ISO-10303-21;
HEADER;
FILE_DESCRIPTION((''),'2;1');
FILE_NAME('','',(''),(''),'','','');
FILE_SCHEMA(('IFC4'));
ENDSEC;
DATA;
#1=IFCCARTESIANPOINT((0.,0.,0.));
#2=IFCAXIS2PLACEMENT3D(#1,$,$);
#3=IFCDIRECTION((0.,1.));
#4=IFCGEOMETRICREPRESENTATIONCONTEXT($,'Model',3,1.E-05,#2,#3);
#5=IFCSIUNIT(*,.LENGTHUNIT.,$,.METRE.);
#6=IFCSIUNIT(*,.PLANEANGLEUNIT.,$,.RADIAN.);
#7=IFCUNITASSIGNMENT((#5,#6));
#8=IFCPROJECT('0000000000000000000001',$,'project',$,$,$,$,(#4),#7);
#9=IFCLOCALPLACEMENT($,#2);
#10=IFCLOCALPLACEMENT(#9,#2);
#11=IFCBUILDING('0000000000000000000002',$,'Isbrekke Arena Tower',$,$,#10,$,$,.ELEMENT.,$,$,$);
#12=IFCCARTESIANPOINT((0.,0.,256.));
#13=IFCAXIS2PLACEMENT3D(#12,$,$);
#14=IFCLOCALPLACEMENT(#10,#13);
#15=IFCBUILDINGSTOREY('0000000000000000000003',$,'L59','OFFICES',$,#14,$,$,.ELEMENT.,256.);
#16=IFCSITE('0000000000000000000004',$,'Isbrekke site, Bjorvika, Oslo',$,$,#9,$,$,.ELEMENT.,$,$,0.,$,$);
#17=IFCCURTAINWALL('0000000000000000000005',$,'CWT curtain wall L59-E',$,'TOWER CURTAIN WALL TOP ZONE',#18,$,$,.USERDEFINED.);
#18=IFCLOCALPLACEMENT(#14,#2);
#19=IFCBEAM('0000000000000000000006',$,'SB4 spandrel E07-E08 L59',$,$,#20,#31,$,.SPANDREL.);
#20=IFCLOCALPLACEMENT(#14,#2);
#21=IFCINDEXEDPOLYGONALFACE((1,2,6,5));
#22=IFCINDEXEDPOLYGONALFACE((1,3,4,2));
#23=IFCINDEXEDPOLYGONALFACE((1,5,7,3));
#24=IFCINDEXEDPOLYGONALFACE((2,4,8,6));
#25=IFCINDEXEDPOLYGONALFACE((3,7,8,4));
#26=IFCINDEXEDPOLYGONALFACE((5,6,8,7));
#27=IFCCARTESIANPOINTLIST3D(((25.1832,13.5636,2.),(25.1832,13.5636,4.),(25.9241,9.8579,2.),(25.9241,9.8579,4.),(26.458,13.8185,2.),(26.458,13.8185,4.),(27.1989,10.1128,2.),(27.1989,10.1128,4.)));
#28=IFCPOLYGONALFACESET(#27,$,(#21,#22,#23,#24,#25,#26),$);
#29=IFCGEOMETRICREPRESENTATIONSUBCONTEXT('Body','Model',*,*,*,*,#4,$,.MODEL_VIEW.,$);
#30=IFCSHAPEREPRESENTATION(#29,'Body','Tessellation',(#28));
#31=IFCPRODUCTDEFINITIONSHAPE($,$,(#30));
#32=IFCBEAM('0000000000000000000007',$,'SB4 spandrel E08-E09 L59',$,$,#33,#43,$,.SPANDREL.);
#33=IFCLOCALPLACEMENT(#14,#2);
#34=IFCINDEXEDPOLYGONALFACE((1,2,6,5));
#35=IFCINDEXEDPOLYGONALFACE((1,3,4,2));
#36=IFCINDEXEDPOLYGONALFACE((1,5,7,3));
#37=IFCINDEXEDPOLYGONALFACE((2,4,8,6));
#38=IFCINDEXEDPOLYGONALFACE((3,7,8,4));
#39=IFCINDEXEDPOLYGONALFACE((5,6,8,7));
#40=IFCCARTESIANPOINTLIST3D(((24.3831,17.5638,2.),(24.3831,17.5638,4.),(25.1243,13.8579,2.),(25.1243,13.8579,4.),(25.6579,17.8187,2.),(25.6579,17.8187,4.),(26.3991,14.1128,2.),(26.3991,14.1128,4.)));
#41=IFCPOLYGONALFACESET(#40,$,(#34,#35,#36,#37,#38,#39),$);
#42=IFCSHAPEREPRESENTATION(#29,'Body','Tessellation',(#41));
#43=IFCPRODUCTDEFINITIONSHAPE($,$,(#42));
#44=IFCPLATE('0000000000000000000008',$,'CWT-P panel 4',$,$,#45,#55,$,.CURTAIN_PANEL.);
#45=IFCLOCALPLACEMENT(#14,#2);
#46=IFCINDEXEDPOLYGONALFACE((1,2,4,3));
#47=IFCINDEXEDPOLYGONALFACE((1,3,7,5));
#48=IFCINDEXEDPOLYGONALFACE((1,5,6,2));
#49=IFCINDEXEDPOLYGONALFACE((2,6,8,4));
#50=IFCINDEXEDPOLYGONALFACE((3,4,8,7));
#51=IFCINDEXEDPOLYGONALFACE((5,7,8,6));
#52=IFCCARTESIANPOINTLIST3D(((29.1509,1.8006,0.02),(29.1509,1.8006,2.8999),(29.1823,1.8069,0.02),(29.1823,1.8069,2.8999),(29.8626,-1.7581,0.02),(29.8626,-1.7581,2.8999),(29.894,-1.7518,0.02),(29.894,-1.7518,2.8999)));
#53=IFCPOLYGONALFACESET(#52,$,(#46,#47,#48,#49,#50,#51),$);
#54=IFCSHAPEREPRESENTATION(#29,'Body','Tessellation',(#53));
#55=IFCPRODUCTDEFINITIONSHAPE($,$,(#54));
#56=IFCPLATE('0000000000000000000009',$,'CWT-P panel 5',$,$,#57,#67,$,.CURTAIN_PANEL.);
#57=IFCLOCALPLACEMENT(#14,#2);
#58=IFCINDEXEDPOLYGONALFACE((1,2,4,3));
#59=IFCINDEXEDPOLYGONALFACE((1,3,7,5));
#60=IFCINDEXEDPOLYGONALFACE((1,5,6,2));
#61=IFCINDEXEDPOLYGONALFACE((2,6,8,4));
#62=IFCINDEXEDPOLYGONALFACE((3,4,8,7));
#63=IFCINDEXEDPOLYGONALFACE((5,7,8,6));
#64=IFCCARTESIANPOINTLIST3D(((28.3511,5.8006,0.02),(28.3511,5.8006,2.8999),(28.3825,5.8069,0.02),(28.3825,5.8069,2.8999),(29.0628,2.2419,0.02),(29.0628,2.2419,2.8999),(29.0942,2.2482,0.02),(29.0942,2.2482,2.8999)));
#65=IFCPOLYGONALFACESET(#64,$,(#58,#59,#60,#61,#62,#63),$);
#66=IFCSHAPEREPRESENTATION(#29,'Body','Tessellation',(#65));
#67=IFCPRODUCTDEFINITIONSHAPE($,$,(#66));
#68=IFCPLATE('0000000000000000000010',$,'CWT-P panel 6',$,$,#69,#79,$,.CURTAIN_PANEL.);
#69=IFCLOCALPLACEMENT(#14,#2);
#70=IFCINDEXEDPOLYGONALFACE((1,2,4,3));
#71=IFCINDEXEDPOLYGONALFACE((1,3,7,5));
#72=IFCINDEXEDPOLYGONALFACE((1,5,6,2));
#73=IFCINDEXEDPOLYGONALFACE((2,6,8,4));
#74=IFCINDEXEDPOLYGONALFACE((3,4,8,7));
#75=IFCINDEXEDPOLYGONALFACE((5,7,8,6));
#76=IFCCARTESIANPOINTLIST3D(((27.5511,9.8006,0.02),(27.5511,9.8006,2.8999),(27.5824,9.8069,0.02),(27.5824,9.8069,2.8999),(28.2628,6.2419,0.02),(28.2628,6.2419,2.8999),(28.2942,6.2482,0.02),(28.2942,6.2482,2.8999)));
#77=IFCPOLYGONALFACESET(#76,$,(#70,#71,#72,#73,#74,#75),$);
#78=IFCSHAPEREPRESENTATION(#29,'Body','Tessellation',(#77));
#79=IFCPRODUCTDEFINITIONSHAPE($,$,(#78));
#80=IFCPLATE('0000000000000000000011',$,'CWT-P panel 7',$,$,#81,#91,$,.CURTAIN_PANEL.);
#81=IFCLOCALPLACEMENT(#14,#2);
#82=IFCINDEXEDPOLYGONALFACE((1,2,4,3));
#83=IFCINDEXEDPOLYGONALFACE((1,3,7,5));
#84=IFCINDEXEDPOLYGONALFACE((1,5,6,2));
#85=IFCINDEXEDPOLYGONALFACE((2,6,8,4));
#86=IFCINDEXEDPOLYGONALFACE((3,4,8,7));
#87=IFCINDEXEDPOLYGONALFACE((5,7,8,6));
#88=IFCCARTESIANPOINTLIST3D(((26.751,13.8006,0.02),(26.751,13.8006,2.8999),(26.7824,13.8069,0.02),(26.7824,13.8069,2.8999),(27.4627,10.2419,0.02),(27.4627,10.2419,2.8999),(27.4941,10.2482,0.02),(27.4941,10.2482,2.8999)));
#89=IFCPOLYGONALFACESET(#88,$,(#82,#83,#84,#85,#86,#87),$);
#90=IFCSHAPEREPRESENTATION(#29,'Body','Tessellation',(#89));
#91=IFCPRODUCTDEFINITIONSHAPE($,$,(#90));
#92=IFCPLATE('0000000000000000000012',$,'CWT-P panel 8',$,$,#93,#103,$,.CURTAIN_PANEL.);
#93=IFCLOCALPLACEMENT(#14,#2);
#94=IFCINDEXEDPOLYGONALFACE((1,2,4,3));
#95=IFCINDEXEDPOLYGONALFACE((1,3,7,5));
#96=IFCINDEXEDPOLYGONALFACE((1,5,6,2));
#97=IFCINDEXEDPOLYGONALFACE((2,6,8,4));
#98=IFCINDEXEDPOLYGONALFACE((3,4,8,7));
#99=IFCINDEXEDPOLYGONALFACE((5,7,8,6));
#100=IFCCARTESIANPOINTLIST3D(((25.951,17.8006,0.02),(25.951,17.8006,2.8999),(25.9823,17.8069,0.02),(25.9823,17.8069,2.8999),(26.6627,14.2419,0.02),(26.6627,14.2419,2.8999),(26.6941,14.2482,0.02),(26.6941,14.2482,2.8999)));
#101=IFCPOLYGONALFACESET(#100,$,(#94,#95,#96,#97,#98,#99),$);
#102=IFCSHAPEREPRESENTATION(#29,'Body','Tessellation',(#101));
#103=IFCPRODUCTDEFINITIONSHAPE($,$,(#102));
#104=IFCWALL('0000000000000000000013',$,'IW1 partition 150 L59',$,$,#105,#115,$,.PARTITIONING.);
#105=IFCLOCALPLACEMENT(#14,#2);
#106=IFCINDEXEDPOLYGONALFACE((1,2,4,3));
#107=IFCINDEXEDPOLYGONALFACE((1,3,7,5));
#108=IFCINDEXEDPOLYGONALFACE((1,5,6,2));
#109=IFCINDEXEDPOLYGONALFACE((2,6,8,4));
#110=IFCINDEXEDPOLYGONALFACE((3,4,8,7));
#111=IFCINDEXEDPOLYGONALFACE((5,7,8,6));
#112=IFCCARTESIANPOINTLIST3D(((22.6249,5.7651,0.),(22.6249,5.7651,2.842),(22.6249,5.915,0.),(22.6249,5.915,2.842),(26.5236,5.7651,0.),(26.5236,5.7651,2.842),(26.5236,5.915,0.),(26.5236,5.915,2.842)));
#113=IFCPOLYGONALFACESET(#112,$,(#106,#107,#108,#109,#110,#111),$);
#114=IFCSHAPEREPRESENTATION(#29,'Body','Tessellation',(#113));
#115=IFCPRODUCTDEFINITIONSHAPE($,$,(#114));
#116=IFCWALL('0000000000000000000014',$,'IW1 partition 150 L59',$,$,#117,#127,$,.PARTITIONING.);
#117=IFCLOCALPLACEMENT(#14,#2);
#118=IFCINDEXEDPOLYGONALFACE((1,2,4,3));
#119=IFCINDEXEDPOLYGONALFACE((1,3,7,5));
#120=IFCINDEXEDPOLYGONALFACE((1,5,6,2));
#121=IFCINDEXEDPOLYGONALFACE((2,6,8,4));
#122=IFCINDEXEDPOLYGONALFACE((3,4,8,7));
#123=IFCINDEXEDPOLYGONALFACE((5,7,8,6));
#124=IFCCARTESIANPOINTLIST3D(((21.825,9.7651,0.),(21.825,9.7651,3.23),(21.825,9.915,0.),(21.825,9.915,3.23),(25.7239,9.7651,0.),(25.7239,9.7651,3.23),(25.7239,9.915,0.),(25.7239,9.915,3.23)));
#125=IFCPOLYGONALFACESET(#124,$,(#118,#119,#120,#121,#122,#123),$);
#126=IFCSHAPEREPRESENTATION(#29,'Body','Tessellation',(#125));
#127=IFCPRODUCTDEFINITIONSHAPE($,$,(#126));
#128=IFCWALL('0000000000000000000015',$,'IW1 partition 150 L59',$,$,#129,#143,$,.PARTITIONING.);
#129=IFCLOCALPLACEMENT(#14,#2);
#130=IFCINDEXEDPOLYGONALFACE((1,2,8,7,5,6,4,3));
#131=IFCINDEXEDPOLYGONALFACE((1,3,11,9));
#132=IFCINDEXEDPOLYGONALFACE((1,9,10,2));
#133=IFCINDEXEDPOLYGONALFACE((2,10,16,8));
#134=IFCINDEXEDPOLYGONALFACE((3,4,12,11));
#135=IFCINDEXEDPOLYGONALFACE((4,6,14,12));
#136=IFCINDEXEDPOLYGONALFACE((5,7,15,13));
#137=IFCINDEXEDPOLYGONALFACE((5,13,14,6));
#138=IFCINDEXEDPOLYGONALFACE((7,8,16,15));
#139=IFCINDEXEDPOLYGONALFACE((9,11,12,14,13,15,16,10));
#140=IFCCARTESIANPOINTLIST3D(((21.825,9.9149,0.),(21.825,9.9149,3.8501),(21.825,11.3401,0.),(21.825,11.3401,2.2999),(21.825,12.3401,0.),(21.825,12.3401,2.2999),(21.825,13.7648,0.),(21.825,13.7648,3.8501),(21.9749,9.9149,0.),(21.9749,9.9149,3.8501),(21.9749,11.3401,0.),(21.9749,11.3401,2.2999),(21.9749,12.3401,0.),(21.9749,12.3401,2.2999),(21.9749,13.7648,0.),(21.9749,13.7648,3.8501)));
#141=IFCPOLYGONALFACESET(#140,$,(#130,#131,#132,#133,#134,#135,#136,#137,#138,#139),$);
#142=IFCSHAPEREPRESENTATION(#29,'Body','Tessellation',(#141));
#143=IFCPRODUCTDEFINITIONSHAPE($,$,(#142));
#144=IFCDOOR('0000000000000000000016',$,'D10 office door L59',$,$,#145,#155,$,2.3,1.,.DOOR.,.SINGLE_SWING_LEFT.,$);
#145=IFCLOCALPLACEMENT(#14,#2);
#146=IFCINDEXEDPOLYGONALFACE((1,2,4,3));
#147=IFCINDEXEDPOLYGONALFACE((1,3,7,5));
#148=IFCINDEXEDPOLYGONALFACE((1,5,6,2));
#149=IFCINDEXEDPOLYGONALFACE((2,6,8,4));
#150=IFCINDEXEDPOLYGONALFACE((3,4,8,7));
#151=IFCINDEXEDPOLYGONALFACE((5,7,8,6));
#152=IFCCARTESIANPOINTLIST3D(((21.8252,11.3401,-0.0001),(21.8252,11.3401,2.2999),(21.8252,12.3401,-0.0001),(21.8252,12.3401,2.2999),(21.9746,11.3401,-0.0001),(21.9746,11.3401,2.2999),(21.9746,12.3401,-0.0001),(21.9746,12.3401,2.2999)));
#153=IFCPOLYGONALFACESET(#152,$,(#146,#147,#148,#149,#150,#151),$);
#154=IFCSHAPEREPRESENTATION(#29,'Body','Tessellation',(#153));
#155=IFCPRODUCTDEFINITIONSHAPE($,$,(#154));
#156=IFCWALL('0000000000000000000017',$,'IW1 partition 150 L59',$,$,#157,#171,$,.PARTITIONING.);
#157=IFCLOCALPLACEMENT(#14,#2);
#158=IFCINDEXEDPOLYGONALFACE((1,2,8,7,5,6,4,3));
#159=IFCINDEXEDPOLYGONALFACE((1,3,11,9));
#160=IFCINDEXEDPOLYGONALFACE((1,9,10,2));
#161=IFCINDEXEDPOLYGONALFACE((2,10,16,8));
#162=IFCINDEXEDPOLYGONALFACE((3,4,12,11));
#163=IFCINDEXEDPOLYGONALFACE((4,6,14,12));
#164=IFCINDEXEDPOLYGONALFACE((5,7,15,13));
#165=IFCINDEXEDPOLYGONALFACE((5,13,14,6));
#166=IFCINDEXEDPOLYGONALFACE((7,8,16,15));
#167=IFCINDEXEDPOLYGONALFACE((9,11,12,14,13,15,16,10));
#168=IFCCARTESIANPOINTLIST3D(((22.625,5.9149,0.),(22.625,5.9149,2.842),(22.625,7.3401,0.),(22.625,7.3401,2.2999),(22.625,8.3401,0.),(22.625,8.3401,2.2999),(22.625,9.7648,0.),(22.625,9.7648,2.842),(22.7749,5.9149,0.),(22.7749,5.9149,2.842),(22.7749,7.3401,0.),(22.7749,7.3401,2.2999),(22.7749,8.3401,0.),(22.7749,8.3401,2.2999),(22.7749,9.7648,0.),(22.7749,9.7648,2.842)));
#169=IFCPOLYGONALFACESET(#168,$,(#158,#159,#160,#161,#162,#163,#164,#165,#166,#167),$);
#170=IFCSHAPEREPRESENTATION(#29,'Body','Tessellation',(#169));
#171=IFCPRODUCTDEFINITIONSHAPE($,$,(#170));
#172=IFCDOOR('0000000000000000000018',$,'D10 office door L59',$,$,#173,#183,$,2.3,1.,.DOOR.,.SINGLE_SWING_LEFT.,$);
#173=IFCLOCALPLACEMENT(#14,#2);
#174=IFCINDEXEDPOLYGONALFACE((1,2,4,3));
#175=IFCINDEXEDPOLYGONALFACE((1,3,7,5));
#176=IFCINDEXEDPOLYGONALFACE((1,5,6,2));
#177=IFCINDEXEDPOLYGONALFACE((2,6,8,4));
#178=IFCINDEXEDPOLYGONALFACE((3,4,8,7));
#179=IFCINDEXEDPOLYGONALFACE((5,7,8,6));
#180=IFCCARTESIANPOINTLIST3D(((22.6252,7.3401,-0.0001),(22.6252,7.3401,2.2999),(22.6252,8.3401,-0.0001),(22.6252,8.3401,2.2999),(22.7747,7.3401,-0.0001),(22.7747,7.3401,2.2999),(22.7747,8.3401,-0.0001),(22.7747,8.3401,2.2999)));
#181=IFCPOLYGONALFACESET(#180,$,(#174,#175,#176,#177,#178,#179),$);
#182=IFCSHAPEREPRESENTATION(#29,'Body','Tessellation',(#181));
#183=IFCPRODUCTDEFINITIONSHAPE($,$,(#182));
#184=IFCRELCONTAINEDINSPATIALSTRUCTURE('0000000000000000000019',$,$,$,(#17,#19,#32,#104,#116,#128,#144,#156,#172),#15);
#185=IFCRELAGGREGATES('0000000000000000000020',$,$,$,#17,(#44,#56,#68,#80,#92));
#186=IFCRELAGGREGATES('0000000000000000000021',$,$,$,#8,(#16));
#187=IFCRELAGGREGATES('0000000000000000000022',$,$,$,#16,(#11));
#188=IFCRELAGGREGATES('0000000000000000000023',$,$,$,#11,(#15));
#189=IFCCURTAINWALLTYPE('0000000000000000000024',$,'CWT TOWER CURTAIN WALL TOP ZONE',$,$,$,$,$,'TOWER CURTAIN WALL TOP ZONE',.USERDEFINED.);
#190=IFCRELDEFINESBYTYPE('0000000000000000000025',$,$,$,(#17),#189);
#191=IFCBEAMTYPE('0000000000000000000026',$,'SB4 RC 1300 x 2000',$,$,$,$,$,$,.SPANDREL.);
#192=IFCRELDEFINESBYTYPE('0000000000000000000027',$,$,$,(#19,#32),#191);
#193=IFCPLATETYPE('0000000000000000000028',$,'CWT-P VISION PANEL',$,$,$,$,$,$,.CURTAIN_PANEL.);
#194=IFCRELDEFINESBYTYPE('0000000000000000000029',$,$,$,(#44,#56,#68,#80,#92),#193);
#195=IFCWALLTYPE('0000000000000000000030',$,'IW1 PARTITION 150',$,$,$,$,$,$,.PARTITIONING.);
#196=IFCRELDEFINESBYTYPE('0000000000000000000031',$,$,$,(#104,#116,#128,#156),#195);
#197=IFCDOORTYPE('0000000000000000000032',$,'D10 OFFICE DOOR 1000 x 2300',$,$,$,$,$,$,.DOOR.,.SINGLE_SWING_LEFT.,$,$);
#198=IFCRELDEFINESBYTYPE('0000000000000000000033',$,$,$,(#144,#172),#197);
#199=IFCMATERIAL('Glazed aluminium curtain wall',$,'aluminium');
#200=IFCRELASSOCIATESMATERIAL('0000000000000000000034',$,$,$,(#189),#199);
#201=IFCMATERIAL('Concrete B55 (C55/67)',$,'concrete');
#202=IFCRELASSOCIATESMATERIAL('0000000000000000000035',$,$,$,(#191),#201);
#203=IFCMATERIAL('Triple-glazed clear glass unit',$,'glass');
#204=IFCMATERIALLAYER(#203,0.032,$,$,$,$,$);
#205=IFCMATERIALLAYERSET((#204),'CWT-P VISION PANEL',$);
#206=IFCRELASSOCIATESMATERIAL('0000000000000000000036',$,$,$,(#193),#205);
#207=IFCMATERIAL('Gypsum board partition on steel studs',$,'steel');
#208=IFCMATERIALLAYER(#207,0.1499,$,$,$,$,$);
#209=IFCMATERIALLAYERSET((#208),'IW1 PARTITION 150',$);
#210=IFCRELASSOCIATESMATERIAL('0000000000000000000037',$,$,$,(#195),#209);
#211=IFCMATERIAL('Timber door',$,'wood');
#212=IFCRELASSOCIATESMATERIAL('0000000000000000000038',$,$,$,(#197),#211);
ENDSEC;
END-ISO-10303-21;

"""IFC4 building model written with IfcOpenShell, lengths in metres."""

from ifc_helpers import new_model, si_unit, direction, frame, frame_2d, origin, origin_2d, place, context, subcontext, project, spatial, rectangle, extrude, material, layer, layer_set, material_profile, profile_set, type_object, element, fill, aggregate, save


model = new_model("IFC4")

# Units and contexts
model_context = context("Model", 3, precision=1e-05, world=origin(), true_north=direction((0.0, 1.0)))
body_context = subcontext(model_context, "Body", "Model", "MODEL_VIEW")
ifc_project = project(units=[si_unit("LENGTHUNIT", "METRE"), si_unit("PLANEANGLEUNIT", "RADIAN")], contexts=[model_context])

# Site, building, storey
site_placement = place(None, origin())
site = spatial("IfcSite", under=ifc_project, at=site_placement, Name="Isbrekke site, Bjorvika, Oslo", CompositionType="ELEMENT", RefElevation=0.0)
building_placement = place(site_placement, origin())
building = spatial("IfcBuilding", under=site, at=building_placement, Name="Isbrekke Arena Tower", CompositionType="ELEMENT")
storey_placement = place(building_placement, frame((0.0, 0.0, 256.0)))
storey = spatial("IfcBuildingStorey", under=building, at=storey_placement, Name="L59", Description="OFFICES", CompositionType="ELEMENT", Elevation=256.0)

# Curtain wall
ifc_material_1 = material(Name="Glazed aluminium curtain wall", Category="aluminium")
curtain_wall_type = type_object("IfcCurtainWallType", Name="CWT TOWER CURTAIN WALL TOP ZONE", ElementType="TOWER CURTAIN WALL TOP ZONE", PredefinedType="USERDEFINED", material=ifc_material_1)
curtain_wall_placement = place(storey_placement, origin())
curtain_wall = element("IfcCurtainWall", 1, at=curtain_wall_placement, inside=storey, type_object=curtain_wall_type, Name="CWT curtain wall L59-E", ObjectType="TOWER CURTAIN WALL TOP ZONE", PredefinedType="USERDEFINED")

# Beams
ifc_material_2 = material(Name="Concrete B55 (C55/67)", Category="concrete")
ifc_material_profile_1 = material_profile(ifc_material_2, rectangle(XDim=1.3, YDim=2.0, at=origin_2d()), Name="RC 1300x2000")
ifc_profile_set_1 = profile_set([ifc_material_profile_1], Name="Concrete B55 (C55/67)")
beam_type_1 = type_object("IfcBeamType", Name="SB4 RC 1300 x 2000", PredefinedType="SPANDREL", material=ifc_profile_set_1)
beam_1_placement = place(storey_placement, frame((26.5615, 9.9854, 3.0), z_axis=(-0.196066, 0.980591, 0.0), x_axis=(-0.980591, -0.196066, 0.0)))
element("IfcBeam", 2, at=beam_1_placement, inside=storey, type_object=beam_type_1, Name="SB4 spandrel E07-E08 L59", PredefinedType="SPANDREL", context=body_context, shape_type="SweptSolid", body=[
    extrude(rectangle(XDim=1.3, YDim=2.0, at=origin_2d()), origin(), (0.0, 0.0, 1.0), 3.7791),
])
beam_2_placement = place(storey_placement, frame((25.7617, 13.9854, 3.0), z_axis=(-0.196129, 0.980578, 0.0), x_axis=(-0.980578, -0.196129, 0.0)))
element("IfcBeam", 3, at=beam_2_placement, inside=storey, type_object=beam_type_1, Name="SB4 spandrel E08-E09 L59", PredefinedType="SPANDREL", context=body_context, shape_type="SweptSolid", body=[
    extrude(rectangle(XDim=1.3, YDim=2.0, at=origin_2d()), origin(), (0.0, 0.0, 1.0), 3.7793),
])

# Plates
ifc_material_3 = material(Name="Triple-glazed clear glass unit", Category="glass")
ifc_layer_1 = layer(ifc_material_3, 0.032)
ifc_layer_set_1 = layer_set([ifc_layer_1], Name="CWT-P VISION PANEL")
plate_type = type_object("IfcPlateType", Name="CWT-P VISION PANEL", PredefinedType="CURTAIN_PANEL", material=ifc_layer_set_1)
plate_1_placement = place(storey_placement, frame((29.5225, 0.0244, 0.02), z_axis=(0.0, 0.0, 1.0), x_axis=(-0.196116, 0.980581, 0.0)))
plate_1 = element("IfcPlate", 4, at=plate_1_placement, type_object=plate_type, Name="CWT-P panel 4", PredefinedType="CURTAIN_PANEL", context=body_context, shape_type="SweptSolid", body=[
    extrude(rectangle(XDim=3.6292, YDim=0.032, at=origin_2d()), origin(), (0.0, 0.0, 1.0), 2.8799),
])
plate_2_placement = place(storey_placement, frame((28.7227, 4.0244, 0.02), z_axis=(0.0, 0.0, 1.0), x_axis=(-0.196116, 0.980581, 0.0)))
plate_2 = element("IfcPlate", 5, at=plate_2_placement, type_object=plate_type, Name="CWT-P panel 5", PredefinedType="CURTAIN_PANEL", context=body_context, shape_type="SweptSolid", body=[
    extrude(rectangle(XDim=3.6292, YDim=0.032, at=origin_2d()), origin(), (0.0, 0.0, 1.0), 2.8799),
])
plate_3_placement = place(storey_placement, frame((27.9226, 8.0244, 0.02), z_axis=(0.0, 0.0, 1.0), x_axis=(-0.196116, 0.980581, 0.0)))
plate_3 = element("IfcPlate", 6, at=plate_3_placement, type_object=plate_type, Name="CWT-P panel 6", PredefinedType="CURTAIN_PANEL", context=body_context, shape_type="SweptSolid", body=[
    extrude(rectangle(XDim=3.6292, YDim=0.032, at=origin_2d()), origin(), (0.0, 0.0, 1.0), 2.8799),
])
plate_4_placement = place(storey_placement, frame((27.1226, 12.0244, 0.02), z_axis=(0.0, 0.0, 1.0), x_axis=(-0.196116, 0.980581, 0.0)))
plate_4 = element("IfcPlate", 7, at=plate_4_placement, type_object=plate_type, Name="CWT-P panel 7", PredefinedType="CURTAIN_PANEL", context=body_context, shape_type="SweptSolid", body=[
    extrude(rectangle(XDim=3.6292, YDim=0.032, at=origin_2d()), origin(), (0.0, 0.0, 1.0), 2.8799),
])
plate_5_placement = place(storey_placement, frame((26.3225, 16.0244, 0.02), z_axis=(0.0, 0.0, 1.0), x_axis=(-0.196116, 0.980581, 0.0)))
plate_5 = element("IfcPlate", 8, at=plate_5_placement, type_object=plate_type, Name="CWT-P panel 8", PredefinedType="CURTAIN_PANEL", context=body_context, shape_type="SweptSolid", body=[
    extrude(rectangle(XDim=3.6292, YDim=0.032, at=origin_2d()), origin(), (0.0, 0.0, 1.0), 2.8799),
])
aggregate(curtain_wall, [plate_1, plate_2, plate_3, plate_4, plate_5])

# Walls
ifc_material_4 = material(Name="Gypsum board partition on steel studs", Category="steel")
ifc_layer_2 = layer(ifc_material_4, 0.1499)
ifc_layer_set_2 = layer_set([ifc_layer_2], Name="IW1 PARTITION 150")
wall_type = type_object("IfcWallType", Name="IW1 PARTITION 150", PredefinedType="PARTITIONING", material=ifc_layer_set_2)
wall_1_placement = place(storey_placement, frame((22.625, 5.8401, 0.0), z_axis=(0.0, 0.0, 1.0), x_axis=(1.0, 0.0, 0.0)))
element("IfcWall", 9, at=wall_1_placement, inside=storey, type_object=wall_type, Name="IW1 partition 150 L59", PredefinedType="PARTITIONING", context=body_context, shape_type="SweptSolid", body=[
    extrude(rectangle(XDim=3.8987, YDim=0.1499, at=frame_2d((1.9492, 0.0))), origin(), (0.0, 0.0, 1.0), 2.842),
])
wall_2_placement = place(storey_placement, frame((21.825, 9.8401, 0.0), z_axis=(0.0, 0.0, 1.0), x_axis=(1.0, 0.0, 0.0)))
element("IfcWall", 10, at=wall_2_placement, inside=storey, type_object=wall_type, Name="IW1 partition 150 L59", PredefinedType="PARTITIONING", context=body_context, shape_type="SweptSolid", body=[
    extrude(rectangle(XDim=3.8989, YDim=0.1499, at=frame_2d((1.9495, 0.0))), origin(), (0.0, 0.0, 1.0), 3.23),
])

# Walls, openings, doors
wall_3_placement = place(storey_placement, frame((21.8999, 9.915, 0.0), z_axis=(0.0, 0.0, 1.0), x_axis=(0.0, 1.0, 0.0)))
wall_3 = element("IfcWall", 11, at=wall_3_placement, inside=storey, type_object=wall_type, Name="IW1 partition 150 L59", PredefinedType="PARTITIONING", context=body_context, shape_type="SweptSolid", body=[
    extrude(rectangle(XDim=3.8499, YDim=0.1499, at=frame_2d((1.9248, 0.0))), origin(), (0.0, 0.0, 1.0), 3.8501),
])
opening_1_placement = place(wall_3_placement, frame((1.425, 0.0, 0.0)))
opening_1 = element("IfcOpeningElement", 12, at=opening_1_placement, cuts=wall_3, PredefinedType="OPENING", context=body_context, shape_type="SweptSolid", body=[
    extrude(rectangle(XDim=1.0, YDim=2.3, at=frame_2d((0.5, 1.1499))), frame((0.0, 0.0898, 0.0), z_axis=(0.0, -1.0, 0.0), x_axis=(1.0, 0.0, 0.0)), (0.0, 0.0, 1.0), 0.1797),
])
ifc_material_5 = material(Name="Timber door", Category="wood")
door_type = type_object("IfcDoorType", Name="D10 OFFICE DOOR 1000 x 2300", OperationType="SINGLE_SWING_LEFT", PredefinedType="DOOR", material=ifc_material_5)
door_1_placement = place(opening_1_placement, origin())
door_1 = element("IfcDoor", 13, at=door_1_placement, inside=storey, type_object=door_type, Name="D10 office door L59", OperationType="SINGLE_SWING_LEFT", OverallHeight=2.3, OverallWidth=1.0, PredefinedType="DOOR", context=body_context, shape_type="SweptSolid", body=[
    extrude(rectangle(XDim=1.0, YDim=2.3, at=frame_2d((0.5, 1.1499))), frame((0.0, 0.0747, 0.0), z_axis=(0.0, -1.0, 0.0), x_axis=(1.0, 0.0, 0.0)), (0.0, 0.0, 1.0), 0.1494),
])
fill(opening_1, door_1)
wall_4_placement = place(storey_placement, frame((22.7, 5.915, 0.0), z_axis=(0.0, 0.0, 1.0), x_axis=(0.0, 1.0, 0.0)))
wall_4 = element("IfcWall", 14, at=wall_4_placement, inside=storey, type_object=wall_type, Name="IW1 partition 150 L59", PredefinedType="PARTITIONING", context=body_context, shape_type="SweptSolid", body=[
    extrude(rectangle(XDim=3.8499, YDim=0.1499, at=frame_2d((1.9248, 0.0))), origin(), (0.0, 0.0, 1.0), 2.842),
])
opening_2_placement = place(wall_4_placement, frame((1.425, 0.0, 0.0)))
opening_2 = element("IfcOpeningElement", 15, at=opening_2_placement, cuts=wall_4, PredefinedType="OPENING", context=body_context, shape_type="SweptSolid", body=[
    extrude(rectangle(XDim=1.0, YDim=2.3, at=frame_2d((0.5, 1.1499))), frame((0.0, 0.0898, 0.0), z_axis=(0.0, -1.0, 0.0), x_axis=(1.0, 0.0, 0.0)), (0.0, 0.0, 1.0), 0.1797),
])
door_2_placement = place(opening_2_placement, origin())
door_2 = element("IfcDoor", 16, at=door_2_placement, inside=storey, type_object=door_type, Name="D10 office door L59", OperationType="SINGLE_SWING_LEFT", OverallHeight=2.3, OverallWidth=1.0, PredefinedType="DOOR", context=body_context, shape_type="SweptSolid", body=[
    extrude(rectangle(XDim=1.0, YDim=2.3, at=frame_2d((0.5, 1.1499))), frame((0.0, 0.0747, 0.0), z_axis=(0.0, -1.0, 0.0), x_axis=(1.0, 0.0, 0.0)), (0.0, 0.0, 1.0), 0.1494),
])
fill(opening_2, door_2)

save(model, "model.ifc")
